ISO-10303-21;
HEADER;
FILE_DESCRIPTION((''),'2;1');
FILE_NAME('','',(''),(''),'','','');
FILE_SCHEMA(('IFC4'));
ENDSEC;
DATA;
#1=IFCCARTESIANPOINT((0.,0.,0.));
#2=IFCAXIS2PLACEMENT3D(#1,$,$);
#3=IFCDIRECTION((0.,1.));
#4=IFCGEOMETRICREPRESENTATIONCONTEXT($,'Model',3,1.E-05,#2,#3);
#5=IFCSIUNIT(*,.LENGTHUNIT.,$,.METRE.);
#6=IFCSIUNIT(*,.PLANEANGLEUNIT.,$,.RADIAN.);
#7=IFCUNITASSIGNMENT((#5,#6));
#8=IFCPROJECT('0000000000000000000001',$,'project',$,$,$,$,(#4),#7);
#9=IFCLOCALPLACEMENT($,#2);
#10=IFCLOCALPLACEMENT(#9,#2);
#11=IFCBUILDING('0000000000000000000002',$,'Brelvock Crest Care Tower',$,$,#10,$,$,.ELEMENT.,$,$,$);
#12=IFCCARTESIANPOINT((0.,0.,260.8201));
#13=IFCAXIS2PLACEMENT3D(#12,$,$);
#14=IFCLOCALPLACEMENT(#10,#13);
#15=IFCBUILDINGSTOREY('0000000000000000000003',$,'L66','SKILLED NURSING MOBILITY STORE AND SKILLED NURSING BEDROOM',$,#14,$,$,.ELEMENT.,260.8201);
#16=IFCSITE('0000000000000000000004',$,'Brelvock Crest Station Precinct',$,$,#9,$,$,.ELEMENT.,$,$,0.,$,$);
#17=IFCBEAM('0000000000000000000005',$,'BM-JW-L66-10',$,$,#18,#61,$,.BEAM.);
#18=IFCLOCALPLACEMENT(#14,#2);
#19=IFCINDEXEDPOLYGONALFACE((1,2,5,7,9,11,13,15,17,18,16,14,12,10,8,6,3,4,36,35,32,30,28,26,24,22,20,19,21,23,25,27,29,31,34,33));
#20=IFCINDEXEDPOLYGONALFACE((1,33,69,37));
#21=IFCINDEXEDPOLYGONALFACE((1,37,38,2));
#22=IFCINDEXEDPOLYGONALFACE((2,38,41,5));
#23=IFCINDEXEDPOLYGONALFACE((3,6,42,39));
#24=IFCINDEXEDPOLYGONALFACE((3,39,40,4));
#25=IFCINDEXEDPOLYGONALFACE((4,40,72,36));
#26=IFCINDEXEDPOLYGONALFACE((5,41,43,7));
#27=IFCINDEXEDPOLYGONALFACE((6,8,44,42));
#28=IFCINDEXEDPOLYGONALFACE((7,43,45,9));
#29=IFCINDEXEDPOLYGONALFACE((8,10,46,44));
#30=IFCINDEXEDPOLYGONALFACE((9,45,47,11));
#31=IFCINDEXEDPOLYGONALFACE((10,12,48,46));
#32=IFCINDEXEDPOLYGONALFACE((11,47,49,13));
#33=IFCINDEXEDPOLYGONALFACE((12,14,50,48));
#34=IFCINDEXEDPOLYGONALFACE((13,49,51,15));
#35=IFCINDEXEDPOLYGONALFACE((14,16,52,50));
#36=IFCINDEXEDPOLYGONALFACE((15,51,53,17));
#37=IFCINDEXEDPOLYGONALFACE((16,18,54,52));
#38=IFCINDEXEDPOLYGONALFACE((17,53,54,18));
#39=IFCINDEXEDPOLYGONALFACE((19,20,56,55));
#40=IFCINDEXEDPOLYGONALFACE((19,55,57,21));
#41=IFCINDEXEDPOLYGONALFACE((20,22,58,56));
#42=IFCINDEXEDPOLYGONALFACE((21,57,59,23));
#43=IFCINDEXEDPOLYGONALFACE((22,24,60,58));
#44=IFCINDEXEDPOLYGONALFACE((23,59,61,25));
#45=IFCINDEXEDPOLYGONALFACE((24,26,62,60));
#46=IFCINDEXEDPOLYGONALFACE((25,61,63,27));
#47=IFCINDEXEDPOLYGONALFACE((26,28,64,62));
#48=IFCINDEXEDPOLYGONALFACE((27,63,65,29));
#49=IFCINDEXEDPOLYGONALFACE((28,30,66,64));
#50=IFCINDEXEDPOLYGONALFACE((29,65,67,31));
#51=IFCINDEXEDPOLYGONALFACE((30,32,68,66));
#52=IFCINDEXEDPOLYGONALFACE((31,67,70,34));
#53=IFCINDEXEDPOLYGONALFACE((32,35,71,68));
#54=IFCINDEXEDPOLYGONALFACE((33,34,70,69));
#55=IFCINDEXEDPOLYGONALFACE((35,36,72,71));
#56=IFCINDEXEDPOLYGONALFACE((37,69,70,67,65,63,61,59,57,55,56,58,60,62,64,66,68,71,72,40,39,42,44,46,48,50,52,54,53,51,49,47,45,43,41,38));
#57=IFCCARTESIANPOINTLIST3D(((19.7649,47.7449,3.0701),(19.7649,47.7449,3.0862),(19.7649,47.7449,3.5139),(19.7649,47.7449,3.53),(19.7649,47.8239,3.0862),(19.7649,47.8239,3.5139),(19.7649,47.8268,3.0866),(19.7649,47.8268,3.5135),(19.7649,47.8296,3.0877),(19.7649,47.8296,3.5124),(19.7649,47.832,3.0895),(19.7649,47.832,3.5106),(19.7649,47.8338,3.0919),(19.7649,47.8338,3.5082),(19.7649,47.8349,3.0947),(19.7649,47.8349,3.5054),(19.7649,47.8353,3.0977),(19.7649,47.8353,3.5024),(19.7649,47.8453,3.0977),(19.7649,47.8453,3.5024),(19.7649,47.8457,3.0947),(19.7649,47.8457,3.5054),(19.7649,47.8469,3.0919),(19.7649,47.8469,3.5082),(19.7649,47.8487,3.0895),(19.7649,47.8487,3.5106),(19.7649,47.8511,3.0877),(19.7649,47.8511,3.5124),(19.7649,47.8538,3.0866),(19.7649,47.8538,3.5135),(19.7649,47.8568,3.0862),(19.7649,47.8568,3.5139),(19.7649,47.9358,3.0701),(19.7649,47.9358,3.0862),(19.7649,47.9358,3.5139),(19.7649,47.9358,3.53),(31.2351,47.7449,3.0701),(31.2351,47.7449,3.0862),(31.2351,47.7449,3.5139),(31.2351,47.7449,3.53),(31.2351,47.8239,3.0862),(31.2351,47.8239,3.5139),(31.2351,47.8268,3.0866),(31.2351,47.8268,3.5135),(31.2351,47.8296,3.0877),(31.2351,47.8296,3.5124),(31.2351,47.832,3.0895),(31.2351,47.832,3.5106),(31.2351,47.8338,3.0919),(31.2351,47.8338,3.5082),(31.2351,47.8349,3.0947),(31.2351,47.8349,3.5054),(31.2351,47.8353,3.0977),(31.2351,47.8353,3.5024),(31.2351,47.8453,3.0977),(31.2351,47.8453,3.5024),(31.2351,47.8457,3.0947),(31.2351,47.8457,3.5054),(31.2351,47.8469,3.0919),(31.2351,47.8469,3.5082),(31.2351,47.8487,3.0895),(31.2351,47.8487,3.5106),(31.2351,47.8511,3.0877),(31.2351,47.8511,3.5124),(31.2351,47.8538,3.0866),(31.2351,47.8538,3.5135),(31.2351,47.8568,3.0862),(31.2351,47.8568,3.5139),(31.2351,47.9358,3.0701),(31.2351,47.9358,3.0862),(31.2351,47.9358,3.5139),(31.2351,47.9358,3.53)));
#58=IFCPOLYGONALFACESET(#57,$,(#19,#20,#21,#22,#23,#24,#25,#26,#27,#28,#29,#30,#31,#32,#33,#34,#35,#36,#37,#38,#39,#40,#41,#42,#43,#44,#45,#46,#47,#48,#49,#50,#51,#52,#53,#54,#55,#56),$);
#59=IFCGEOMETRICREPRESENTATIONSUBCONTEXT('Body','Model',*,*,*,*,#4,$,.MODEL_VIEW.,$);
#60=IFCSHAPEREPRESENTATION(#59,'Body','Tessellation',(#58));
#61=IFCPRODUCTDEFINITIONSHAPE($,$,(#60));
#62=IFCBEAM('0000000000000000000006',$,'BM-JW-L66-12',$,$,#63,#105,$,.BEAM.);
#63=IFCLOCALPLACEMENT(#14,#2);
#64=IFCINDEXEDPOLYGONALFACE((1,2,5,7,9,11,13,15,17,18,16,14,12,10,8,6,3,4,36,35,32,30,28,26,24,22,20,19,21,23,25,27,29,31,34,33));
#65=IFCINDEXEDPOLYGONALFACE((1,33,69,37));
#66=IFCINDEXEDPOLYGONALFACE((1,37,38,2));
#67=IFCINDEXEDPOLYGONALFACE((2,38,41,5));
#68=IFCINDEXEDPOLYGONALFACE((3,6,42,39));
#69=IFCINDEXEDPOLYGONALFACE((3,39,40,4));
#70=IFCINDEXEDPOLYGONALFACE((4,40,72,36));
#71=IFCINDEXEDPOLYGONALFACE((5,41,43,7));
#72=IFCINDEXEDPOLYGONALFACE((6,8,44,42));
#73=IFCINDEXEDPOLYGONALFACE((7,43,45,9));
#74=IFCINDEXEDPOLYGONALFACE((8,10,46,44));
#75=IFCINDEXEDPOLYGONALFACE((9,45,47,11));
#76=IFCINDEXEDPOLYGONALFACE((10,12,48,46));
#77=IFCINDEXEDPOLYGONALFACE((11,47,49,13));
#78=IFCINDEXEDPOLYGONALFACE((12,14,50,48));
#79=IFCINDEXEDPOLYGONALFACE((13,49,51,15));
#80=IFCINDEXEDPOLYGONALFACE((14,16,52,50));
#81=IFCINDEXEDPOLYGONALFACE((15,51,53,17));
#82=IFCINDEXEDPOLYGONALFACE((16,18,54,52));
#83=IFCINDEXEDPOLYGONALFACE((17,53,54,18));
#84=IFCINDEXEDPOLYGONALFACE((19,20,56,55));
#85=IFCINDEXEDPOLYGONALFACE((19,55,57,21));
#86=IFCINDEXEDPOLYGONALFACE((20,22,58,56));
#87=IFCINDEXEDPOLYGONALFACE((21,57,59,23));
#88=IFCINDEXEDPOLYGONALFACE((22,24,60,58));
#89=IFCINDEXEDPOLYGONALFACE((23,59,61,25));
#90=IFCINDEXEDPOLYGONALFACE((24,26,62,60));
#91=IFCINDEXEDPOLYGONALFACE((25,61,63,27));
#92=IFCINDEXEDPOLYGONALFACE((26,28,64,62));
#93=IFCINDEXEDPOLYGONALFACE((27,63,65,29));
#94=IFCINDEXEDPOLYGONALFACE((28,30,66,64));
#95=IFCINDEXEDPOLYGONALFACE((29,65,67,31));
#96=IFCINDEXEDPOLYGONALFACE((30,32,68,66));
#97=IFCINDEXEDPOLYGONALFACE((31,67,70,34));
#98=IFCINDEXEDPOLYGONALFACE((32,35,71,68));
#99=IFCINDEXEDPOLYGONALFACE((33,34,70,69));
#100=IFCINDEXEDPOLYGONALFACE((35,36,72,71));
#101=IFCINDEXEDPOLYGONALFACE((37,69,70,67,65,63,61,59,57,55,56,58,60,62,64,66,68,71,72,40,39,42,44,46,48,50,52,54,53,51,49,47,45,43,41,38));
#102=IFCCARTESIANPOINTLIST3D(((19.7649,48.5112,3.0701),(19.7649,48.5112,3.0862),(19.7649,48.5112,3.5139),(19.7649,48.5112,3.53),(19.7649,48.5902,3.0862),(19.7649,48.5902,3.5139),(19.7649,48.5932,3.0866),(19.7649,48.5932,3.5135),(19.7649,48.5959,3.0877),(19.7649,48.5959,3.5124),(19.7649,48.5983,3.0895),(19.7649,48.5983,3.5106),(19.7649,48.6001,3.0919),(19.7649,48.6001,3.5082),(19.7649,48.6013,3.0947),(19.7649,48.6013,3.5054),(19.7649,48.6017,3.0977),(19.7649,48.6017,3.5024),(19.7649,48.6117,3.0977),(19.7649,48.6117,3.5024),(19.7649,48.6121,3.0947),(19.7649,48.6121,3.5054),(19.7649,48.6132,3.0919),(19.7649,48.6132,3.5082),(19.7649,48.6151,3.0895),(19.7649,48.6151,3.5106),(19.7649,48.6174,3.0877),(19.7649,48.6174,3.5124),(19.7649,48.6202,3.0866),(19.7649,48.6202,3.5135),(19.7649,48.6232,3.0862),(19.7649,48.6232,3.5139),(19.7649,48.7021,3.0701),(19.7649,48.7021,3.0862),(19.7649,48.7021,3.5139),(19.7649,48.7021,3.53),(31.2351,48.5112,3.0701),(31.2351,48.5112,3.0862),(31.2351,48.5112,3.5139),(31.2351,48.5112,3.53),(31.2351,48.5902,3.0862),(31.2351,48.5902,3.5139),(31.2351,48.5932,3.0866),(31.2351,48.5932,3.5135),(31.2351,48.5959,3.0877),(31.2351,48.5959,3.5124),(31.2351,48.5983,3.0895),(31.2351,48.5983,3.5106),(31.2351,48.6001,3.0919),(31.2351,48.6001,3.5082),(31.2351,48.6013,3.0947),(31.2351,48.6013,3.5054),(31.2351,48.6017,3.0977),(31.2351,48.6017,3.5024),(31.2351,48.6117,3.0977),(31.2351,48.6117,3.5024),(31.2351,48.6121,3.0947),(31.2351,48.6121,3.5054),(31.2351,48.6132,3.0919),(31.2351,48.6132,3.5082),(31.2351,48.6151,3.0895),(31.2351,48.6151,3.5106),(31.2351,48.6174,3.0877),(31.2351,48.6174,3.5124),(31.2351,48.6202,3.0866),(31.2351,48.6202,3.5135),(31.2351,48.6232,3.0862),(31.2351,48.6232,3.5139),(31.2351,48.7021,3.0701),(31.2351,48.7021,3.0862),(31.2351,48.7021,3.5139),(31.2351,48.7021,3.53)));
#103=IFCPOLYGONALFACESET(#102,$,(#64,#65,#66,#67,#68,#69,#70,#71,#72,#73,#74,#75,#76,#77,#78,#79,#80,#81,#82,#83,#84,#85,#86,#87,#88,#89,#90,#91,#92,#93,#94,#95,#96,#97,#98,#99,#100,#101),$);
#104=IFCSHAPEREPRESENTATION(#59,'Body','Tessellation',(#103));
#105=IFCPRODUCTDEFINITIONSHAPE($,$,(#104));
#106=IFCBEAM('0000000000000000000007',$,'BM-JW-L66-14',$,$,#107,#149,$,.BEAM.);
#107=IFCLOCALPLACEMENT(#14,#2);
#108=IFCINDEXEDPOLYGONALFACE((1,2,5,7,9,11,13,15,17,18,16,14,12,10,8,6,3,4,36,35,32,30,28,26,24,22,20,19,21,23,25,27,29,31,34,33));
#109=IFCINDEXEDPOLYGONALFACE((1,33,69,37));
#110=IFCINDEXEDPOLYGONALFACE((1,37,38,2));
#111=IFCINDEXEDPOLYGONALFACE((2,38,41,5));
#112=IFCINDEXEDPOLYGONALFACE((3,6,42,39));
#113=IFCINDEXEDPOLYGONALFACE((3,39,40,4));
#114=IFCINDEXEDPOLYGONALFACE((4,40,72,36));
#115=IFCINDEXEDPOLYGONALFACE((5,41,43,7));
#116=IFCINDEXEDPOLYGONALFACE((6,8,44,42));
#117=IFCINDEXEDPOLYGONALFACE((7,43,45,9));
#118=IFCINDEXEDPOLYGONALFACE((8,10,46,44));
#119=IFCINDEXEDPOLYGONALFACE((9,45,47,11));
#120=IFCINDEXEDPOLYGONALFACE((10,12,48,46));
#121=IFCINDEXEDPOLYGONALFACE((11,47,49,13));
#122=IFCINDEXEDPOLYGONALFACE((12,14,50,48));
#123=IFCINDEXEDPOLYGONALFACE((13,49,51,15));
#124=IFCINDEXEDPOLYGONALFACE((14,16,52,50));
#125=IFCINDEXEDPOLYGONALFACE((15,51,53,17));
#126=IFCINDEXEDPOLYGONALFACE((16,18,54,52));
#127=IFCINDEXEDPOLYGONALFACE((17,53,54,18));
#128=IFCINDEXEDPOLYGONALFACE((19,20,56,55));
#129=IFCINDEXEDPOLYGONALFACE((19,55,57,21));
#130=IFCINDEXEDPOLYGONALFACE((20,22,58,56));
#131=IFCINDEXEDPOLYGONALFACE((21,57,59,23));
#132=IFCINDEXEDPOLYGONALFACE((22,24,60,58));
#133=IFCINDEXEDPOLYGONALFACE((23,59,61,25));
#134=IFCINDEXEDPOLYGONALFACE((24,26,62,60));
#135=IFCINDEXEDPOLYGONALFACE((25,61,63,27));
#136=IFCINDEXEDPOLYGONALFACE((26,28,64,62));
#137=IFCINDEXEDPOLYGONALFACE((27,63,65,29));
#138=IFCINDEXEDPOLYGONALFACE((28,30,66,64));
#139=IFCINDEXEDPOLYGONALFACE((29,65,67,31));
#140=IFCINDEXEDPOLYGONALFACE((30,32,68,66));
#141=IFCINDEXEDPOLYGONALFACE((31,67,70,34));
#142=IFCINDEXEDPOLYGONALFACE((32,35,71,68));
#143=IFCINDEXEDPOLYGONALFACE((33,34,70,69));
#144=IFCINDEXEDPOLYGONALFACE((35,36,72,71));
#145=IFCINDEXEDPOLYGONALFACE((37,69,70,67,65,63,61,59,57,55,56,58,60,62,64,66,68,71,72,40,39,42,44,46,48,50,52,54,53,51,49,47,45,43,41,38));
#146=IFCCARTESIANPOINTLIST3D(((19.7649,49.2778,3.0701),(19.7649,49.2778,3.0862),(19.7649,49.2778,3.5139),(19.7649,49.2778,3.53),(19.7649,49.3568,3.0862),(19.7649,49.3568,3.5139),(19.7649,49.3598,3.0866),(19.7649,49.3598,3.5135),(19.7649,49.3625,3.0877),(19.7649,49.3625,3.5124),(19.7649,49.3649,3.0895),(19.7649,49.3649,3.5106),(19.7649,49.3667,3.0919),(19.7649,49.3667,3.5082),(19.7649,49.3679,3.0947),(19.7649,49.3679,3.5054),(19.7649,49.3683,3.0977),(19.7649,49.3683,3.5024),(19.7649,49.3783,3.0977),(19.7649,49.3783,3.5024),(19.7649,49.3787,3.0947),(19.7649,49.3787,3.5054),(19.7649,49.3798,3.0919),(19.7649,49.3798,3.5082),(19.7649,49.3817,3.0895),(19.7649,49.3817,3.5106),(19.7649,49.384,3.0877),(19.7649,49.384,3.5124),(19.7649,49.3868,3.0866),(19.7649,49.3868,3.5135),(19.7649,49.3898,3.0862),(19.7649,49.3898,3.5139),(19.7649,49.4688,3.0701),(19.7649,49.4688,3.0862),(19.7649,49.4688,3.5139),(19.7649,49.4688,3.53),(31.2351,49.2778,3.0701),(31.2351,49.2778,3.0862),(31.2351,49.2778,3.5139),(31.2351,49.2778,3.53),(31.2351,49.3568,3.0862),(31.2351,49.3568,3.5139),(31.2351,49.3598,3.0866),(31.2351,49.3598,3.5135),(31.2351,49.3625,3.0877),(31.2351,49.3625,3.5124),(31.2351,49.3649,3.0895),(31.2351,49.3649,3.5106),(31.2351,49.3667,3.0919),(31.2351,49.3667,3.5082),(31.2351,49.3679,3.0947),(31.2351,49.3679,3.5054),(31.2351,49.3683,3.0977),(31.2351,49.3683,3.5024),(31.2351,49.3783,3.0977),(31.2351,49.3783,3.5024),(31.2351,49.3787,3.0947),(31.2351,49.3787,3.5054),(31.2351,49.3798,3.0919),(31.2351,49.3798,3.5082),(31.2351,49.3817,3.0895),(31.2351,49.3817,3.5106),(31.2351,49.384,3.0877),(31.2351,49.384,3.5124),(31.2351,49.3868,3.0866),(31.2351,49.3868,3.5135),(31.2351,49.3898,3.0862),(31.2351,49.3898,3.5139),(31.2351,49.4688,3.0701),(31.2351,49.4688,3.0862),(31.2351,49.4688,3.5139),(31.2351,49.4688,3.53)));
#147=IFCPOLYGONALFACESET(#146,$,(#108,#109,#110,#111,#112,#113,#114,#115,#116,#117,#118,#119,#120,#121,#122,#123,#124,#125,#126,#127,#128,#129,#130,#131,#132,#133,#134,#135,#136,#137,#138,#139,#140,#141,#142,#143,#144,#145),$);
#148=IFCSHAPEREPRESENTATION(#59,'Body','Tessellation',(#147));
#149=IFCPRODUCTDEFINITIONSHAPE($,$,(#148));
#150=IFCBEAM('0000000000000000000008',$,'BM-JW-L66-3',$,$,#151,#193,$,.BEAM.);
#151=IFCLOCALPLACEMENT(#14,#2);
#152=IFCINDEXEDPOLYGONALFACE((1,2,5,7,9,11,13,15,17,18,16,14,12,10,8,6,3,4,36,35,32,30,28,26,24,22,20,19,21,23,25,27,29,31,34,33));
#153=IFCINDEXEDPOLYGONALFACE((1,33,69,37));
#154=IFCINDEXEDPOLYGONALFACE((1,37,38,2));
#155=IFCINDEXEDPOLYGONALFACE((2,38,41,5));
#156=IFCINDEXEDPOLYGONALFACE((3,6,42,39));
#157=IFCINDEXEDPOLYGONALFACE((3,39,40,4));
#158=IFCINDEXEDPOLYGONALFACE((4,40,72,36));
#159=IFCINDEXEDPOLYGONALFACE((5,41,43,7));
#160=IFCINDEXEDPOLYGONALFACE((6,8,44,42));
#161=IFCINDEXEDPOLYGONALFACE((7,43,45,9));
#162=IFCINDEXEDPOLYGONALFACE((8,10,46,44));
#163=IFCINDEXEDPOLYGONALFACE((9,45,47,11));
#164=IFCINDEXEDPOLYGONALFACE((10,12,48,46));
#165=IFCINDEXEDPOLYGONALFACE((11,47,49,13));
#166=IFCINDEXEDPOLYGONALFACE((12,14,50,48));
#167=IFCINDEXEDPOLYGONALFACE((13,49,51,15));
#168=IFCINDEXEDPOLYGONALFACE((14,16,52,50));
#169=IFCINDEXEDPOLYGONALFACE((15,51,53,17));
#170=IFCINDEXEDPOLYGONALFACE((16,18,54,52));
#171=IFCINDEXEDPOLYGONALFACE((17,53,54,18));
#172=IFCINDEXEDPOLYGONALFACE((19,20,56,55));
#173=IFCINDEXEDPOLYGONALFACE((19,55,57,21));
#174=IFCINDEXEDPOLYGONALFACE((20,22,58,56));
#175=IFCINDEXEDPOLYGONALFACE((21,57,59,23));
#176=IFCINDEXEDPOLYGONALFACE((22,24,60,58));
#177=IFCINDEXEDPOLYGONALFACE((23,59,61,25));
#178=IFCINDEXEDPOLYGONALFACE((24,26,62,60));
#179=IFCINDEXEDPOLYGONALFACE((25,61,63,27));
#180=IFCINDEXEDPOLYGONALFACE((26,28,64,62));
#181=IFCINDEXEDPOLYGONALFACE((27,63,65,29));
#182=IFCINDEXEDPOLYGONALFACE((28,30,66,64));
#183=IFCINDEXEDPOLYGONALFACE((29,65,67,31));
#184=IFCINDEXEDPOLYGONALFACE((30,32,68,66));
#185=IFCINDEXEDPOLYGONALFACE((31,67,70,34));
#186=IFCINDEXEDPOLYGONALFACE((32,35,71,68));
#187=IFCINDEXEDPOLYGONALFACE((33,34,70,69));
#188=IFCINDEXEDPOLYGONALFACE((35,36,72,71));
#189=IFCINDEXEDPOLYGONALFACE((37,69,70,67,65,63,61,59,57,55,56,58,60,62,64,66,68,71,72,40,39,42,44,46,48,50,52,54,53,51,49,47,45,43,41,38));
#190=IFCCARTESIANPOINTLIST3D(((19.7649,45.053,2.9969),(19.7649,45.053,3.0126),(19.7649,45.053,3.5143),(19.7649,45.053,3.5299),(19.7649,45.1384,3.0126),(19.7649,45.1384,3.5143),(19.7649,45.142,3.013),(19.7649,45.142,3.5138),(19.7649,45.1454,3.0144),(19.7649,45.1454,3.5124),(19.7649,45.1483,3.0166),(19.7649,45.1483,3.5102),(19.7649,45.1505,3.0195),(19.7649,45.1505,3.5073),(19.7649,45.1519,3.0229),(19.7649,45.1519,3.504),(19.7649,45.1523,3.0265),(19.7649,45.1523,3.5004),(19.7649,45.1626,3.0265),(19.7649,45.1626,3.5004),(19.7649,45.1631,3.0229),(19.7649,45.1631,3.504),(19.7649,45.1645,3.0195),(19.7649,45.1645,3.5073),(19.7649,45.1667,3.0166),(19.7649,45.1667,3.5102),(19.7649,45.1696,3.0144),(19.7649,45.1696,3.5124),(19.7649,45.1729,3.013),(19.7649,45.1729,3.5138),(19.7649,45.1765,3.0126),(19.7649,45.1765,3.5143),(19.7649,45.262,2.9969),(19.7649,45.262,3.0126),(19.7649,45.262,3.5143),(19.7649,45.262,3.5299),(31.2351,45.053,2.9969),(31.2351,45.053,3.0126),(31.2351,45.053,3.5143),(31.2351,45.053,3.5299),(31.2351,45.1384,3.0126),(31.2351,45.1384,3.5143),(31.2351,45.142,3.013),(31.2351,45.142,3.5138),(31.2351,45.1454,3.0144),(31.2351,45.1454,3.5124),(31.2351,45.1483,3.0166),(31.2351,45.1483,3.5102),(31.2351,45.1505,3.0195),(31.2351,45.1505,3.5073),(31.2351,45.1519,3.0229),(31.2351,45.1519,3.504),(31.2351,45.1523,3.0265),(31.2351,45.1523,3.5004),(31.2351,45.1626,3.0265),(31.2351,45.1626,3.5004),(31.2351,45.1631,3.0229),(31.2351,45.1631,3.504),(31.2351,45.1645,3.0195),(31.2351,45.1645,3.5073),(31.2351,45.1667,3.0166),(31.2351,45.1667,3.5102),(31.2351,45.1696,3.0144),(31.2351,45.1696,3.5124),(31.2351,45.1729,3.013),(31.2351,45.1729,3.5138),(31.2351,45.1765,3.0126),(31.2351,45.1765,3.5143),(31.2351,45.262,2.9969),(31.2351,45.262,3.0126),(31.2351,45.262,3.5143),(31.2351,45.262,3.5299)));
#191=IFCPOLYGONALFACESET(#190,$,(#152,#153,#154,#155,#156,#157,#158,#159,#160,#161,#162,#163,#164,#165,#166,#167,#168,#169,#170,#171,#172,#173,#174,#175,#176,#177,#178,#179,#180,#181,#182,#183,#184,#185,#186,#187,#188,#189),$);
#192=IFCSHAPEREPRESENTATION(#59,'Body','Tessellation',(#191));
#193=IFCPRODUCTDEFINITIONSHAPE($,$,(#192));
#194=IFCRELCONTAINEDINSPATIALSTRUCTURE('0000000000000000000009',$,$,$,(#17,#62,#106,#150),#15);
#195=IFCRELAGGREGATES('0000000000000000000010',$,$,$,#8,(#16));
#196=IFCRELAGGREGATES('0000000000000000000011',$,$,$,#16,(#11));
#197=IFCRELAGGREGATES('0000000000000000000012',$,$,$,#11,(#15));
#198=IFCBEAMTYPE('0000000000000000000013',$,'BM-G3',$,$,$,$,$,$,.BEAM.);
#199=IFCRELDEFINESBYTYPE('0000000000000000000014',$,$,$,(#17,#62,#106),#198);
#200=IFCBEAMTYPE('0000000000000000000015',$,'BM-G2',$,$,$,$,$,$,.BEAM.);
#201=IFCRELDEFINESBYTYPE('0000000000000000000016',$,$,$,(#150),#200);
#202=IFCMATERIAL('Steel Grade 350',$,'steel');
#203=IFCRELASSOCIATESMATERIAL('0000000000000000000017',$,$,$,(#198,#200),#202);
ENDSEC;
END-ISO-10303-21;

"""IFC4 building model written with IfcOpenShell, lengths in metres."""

from ifc_helpers import new_model, si_unit, direction, frame, origin, origin_2d, place, context, subcontext, project, spatial, i_section, extrude, source, transform, mapped, material, material_profile, profile_set, type_object, element, save


model = new_model("IFC4")

# Units and contexts
model_context = context("Model", 3, precision=1e-05, world=origin(), true_north=direction((0.0, 1.0)))
body_context = subcontext(model_context, "Body", "Model", "MODEL_VIEW")
ifc_project = project(units=[si_unit("LENGTHUNIT", "METRE"), si_unit("PLANEANGLEUNIT", "RADIAN")], contexts=[model_context])

# Site, building, storey
site_placement = place(None, origin())
site = spatial("IfcSite", under=ifc_project, at=site_placement, Name="Brelvock Crest Station Precinct", CompositionType="ELEMENT", RefElevation=0.0)
building_placement = place(site_placement, origin())
building = spatial("IfcBuilding", under=site, at=building_placement, Name="Brelvock Crest Care Tower", CompositionType="ELEMENT")
storey_placement = place(building_placement, frame((0.0, 0.0, 260.8201)))
storey = spatial("IfcBuildingStorey", under=building, at=storey_placement, Name="L66", Description="SKILLED NURSING MOBILITY STORE AND SKILLED NURSING BEDROOM", CompositionType="ELEMENT", Elevation=260.8201)

# Beams
ifc_material_1 = material(Name="Steel Grade 350", Category="steel")
ifc_material_profile_1 = material_profile(ifc_material_1, i_section(OverallWidth=0.1909, OverallDepth=0.46, WebThickness=0.01, FlangeThickness=0.0161, FilletRadius=0.0115, at=origin_2d()), Name="460UB82.1")
ifc_profile_set_1 = profile_set([ifc_material_profile_1], Name="Steel Grade 350")
beam_type_1 = type_object("IfcBeamType", Name="BM-G3", PredefinedType="BEAM", material=ifc_profile_set_1)
shared_shape_1 = source(origin(), body_context, "Body", "SweptSolid", [
    extrude(i_section(OverallWidth=0.1909, OverallDepth=0.46, WebThickness=0.01, FlangeThickness=0.0161, FilletRadius=0.0115, at=origin_2d()), origin(), (0.0, 0.0, 1.0), 11.4702),
])
for number, where, z_axis, x_axis, name in (
    (1, (19.7649, 47.8403, 3.3), (1.0, 0.0, 0.0), (0.0, 1.0, 0.0), "BM-JW-L66-10"),
    (2, (19.7649, 48.6067, 3.3), (1.0, 0.0, 0.0), (0.0, 1.0, 0.0), "BM-JW-L66-12"),
    (3, (19.7649, 49.3733, 3.3), (1.0, 0.0, 0.0), (0.0, 1.0, 0.0), "BM-JW-L66-14"),
):
    element("IfcBeam", number, at=place(storey_placement, frame(where, z_axis=z_axis, x_axis=x_axis)), inside=storey, type_object=beam_type_1, Name=name, PredefinedType="BEAM", context=body_context, shape_type="MappedRepresentation", body=[
        mapped(shared_shape_1, transform((0.0, 0.0, 0.0), x_axis=(1.0, 0.0, 0.0), y_axis=(0.0, 1.0, 0.0), z_axis=(0.0, 0.0, 1.0), scale=1.0)),
    ])
ifc_material_profile_2 = material_profile(ifc_material_1, i_section(OverallWidth=0.209, OverallDepth=0.533, WebThickness=0.0103, FlangeThickness=0.0156, FilletRadius=0.0139, at=origin_2d()), Name="530UB92.4")
ifc_profile_set_2 = profile_set([ifc_material_profile_2], Name="Steel Grade 350")
beam_type_2 = type_object("IfcBeamType", Name="BM-G2", PredefinedType="BEAM", material=ifc_profile_set_2)
shared_shape_2 = source(origin(), body_context, "Body", "SweptSolid", [
    extrude(i_section(OverallWidth=0.209, OverallDepth=0.533, WebThickness=0.0103, FlangeThickness=0.0156, FilletRadius=0.0139, at=origin_2d()), origin(), (0.0, 0.0, 1.0), 11.4702),
])
for number, where, z_axis, x_axis, name in (
    (4, (19.7649, 45.1575, 3.2634), (1.0, 0.0, 0.0), (0.0, 1.0, 0.0), "BM-JW-L66-3"),
):
    element("IfcBeam", number, at=place(storey_placement, frame(where, z_axis=z_axis, x_axis=x_axis)), inside=storey, type_object=beam_type_2, Name=name, PredefinedType="BEAM", context=body_context, shape_type="MappedRepresentation", body=[
        mapped(shared_shape_2, transform((0.0, 0.0, 0.0), x_axis=(1.0, 0.0, 0.0), y_axis=(0.0, 1.0, 0.0), z_axis=(0.0, 0.0, 1.0), scale=1.0)),
    ])

save(model, "model.ifc")
